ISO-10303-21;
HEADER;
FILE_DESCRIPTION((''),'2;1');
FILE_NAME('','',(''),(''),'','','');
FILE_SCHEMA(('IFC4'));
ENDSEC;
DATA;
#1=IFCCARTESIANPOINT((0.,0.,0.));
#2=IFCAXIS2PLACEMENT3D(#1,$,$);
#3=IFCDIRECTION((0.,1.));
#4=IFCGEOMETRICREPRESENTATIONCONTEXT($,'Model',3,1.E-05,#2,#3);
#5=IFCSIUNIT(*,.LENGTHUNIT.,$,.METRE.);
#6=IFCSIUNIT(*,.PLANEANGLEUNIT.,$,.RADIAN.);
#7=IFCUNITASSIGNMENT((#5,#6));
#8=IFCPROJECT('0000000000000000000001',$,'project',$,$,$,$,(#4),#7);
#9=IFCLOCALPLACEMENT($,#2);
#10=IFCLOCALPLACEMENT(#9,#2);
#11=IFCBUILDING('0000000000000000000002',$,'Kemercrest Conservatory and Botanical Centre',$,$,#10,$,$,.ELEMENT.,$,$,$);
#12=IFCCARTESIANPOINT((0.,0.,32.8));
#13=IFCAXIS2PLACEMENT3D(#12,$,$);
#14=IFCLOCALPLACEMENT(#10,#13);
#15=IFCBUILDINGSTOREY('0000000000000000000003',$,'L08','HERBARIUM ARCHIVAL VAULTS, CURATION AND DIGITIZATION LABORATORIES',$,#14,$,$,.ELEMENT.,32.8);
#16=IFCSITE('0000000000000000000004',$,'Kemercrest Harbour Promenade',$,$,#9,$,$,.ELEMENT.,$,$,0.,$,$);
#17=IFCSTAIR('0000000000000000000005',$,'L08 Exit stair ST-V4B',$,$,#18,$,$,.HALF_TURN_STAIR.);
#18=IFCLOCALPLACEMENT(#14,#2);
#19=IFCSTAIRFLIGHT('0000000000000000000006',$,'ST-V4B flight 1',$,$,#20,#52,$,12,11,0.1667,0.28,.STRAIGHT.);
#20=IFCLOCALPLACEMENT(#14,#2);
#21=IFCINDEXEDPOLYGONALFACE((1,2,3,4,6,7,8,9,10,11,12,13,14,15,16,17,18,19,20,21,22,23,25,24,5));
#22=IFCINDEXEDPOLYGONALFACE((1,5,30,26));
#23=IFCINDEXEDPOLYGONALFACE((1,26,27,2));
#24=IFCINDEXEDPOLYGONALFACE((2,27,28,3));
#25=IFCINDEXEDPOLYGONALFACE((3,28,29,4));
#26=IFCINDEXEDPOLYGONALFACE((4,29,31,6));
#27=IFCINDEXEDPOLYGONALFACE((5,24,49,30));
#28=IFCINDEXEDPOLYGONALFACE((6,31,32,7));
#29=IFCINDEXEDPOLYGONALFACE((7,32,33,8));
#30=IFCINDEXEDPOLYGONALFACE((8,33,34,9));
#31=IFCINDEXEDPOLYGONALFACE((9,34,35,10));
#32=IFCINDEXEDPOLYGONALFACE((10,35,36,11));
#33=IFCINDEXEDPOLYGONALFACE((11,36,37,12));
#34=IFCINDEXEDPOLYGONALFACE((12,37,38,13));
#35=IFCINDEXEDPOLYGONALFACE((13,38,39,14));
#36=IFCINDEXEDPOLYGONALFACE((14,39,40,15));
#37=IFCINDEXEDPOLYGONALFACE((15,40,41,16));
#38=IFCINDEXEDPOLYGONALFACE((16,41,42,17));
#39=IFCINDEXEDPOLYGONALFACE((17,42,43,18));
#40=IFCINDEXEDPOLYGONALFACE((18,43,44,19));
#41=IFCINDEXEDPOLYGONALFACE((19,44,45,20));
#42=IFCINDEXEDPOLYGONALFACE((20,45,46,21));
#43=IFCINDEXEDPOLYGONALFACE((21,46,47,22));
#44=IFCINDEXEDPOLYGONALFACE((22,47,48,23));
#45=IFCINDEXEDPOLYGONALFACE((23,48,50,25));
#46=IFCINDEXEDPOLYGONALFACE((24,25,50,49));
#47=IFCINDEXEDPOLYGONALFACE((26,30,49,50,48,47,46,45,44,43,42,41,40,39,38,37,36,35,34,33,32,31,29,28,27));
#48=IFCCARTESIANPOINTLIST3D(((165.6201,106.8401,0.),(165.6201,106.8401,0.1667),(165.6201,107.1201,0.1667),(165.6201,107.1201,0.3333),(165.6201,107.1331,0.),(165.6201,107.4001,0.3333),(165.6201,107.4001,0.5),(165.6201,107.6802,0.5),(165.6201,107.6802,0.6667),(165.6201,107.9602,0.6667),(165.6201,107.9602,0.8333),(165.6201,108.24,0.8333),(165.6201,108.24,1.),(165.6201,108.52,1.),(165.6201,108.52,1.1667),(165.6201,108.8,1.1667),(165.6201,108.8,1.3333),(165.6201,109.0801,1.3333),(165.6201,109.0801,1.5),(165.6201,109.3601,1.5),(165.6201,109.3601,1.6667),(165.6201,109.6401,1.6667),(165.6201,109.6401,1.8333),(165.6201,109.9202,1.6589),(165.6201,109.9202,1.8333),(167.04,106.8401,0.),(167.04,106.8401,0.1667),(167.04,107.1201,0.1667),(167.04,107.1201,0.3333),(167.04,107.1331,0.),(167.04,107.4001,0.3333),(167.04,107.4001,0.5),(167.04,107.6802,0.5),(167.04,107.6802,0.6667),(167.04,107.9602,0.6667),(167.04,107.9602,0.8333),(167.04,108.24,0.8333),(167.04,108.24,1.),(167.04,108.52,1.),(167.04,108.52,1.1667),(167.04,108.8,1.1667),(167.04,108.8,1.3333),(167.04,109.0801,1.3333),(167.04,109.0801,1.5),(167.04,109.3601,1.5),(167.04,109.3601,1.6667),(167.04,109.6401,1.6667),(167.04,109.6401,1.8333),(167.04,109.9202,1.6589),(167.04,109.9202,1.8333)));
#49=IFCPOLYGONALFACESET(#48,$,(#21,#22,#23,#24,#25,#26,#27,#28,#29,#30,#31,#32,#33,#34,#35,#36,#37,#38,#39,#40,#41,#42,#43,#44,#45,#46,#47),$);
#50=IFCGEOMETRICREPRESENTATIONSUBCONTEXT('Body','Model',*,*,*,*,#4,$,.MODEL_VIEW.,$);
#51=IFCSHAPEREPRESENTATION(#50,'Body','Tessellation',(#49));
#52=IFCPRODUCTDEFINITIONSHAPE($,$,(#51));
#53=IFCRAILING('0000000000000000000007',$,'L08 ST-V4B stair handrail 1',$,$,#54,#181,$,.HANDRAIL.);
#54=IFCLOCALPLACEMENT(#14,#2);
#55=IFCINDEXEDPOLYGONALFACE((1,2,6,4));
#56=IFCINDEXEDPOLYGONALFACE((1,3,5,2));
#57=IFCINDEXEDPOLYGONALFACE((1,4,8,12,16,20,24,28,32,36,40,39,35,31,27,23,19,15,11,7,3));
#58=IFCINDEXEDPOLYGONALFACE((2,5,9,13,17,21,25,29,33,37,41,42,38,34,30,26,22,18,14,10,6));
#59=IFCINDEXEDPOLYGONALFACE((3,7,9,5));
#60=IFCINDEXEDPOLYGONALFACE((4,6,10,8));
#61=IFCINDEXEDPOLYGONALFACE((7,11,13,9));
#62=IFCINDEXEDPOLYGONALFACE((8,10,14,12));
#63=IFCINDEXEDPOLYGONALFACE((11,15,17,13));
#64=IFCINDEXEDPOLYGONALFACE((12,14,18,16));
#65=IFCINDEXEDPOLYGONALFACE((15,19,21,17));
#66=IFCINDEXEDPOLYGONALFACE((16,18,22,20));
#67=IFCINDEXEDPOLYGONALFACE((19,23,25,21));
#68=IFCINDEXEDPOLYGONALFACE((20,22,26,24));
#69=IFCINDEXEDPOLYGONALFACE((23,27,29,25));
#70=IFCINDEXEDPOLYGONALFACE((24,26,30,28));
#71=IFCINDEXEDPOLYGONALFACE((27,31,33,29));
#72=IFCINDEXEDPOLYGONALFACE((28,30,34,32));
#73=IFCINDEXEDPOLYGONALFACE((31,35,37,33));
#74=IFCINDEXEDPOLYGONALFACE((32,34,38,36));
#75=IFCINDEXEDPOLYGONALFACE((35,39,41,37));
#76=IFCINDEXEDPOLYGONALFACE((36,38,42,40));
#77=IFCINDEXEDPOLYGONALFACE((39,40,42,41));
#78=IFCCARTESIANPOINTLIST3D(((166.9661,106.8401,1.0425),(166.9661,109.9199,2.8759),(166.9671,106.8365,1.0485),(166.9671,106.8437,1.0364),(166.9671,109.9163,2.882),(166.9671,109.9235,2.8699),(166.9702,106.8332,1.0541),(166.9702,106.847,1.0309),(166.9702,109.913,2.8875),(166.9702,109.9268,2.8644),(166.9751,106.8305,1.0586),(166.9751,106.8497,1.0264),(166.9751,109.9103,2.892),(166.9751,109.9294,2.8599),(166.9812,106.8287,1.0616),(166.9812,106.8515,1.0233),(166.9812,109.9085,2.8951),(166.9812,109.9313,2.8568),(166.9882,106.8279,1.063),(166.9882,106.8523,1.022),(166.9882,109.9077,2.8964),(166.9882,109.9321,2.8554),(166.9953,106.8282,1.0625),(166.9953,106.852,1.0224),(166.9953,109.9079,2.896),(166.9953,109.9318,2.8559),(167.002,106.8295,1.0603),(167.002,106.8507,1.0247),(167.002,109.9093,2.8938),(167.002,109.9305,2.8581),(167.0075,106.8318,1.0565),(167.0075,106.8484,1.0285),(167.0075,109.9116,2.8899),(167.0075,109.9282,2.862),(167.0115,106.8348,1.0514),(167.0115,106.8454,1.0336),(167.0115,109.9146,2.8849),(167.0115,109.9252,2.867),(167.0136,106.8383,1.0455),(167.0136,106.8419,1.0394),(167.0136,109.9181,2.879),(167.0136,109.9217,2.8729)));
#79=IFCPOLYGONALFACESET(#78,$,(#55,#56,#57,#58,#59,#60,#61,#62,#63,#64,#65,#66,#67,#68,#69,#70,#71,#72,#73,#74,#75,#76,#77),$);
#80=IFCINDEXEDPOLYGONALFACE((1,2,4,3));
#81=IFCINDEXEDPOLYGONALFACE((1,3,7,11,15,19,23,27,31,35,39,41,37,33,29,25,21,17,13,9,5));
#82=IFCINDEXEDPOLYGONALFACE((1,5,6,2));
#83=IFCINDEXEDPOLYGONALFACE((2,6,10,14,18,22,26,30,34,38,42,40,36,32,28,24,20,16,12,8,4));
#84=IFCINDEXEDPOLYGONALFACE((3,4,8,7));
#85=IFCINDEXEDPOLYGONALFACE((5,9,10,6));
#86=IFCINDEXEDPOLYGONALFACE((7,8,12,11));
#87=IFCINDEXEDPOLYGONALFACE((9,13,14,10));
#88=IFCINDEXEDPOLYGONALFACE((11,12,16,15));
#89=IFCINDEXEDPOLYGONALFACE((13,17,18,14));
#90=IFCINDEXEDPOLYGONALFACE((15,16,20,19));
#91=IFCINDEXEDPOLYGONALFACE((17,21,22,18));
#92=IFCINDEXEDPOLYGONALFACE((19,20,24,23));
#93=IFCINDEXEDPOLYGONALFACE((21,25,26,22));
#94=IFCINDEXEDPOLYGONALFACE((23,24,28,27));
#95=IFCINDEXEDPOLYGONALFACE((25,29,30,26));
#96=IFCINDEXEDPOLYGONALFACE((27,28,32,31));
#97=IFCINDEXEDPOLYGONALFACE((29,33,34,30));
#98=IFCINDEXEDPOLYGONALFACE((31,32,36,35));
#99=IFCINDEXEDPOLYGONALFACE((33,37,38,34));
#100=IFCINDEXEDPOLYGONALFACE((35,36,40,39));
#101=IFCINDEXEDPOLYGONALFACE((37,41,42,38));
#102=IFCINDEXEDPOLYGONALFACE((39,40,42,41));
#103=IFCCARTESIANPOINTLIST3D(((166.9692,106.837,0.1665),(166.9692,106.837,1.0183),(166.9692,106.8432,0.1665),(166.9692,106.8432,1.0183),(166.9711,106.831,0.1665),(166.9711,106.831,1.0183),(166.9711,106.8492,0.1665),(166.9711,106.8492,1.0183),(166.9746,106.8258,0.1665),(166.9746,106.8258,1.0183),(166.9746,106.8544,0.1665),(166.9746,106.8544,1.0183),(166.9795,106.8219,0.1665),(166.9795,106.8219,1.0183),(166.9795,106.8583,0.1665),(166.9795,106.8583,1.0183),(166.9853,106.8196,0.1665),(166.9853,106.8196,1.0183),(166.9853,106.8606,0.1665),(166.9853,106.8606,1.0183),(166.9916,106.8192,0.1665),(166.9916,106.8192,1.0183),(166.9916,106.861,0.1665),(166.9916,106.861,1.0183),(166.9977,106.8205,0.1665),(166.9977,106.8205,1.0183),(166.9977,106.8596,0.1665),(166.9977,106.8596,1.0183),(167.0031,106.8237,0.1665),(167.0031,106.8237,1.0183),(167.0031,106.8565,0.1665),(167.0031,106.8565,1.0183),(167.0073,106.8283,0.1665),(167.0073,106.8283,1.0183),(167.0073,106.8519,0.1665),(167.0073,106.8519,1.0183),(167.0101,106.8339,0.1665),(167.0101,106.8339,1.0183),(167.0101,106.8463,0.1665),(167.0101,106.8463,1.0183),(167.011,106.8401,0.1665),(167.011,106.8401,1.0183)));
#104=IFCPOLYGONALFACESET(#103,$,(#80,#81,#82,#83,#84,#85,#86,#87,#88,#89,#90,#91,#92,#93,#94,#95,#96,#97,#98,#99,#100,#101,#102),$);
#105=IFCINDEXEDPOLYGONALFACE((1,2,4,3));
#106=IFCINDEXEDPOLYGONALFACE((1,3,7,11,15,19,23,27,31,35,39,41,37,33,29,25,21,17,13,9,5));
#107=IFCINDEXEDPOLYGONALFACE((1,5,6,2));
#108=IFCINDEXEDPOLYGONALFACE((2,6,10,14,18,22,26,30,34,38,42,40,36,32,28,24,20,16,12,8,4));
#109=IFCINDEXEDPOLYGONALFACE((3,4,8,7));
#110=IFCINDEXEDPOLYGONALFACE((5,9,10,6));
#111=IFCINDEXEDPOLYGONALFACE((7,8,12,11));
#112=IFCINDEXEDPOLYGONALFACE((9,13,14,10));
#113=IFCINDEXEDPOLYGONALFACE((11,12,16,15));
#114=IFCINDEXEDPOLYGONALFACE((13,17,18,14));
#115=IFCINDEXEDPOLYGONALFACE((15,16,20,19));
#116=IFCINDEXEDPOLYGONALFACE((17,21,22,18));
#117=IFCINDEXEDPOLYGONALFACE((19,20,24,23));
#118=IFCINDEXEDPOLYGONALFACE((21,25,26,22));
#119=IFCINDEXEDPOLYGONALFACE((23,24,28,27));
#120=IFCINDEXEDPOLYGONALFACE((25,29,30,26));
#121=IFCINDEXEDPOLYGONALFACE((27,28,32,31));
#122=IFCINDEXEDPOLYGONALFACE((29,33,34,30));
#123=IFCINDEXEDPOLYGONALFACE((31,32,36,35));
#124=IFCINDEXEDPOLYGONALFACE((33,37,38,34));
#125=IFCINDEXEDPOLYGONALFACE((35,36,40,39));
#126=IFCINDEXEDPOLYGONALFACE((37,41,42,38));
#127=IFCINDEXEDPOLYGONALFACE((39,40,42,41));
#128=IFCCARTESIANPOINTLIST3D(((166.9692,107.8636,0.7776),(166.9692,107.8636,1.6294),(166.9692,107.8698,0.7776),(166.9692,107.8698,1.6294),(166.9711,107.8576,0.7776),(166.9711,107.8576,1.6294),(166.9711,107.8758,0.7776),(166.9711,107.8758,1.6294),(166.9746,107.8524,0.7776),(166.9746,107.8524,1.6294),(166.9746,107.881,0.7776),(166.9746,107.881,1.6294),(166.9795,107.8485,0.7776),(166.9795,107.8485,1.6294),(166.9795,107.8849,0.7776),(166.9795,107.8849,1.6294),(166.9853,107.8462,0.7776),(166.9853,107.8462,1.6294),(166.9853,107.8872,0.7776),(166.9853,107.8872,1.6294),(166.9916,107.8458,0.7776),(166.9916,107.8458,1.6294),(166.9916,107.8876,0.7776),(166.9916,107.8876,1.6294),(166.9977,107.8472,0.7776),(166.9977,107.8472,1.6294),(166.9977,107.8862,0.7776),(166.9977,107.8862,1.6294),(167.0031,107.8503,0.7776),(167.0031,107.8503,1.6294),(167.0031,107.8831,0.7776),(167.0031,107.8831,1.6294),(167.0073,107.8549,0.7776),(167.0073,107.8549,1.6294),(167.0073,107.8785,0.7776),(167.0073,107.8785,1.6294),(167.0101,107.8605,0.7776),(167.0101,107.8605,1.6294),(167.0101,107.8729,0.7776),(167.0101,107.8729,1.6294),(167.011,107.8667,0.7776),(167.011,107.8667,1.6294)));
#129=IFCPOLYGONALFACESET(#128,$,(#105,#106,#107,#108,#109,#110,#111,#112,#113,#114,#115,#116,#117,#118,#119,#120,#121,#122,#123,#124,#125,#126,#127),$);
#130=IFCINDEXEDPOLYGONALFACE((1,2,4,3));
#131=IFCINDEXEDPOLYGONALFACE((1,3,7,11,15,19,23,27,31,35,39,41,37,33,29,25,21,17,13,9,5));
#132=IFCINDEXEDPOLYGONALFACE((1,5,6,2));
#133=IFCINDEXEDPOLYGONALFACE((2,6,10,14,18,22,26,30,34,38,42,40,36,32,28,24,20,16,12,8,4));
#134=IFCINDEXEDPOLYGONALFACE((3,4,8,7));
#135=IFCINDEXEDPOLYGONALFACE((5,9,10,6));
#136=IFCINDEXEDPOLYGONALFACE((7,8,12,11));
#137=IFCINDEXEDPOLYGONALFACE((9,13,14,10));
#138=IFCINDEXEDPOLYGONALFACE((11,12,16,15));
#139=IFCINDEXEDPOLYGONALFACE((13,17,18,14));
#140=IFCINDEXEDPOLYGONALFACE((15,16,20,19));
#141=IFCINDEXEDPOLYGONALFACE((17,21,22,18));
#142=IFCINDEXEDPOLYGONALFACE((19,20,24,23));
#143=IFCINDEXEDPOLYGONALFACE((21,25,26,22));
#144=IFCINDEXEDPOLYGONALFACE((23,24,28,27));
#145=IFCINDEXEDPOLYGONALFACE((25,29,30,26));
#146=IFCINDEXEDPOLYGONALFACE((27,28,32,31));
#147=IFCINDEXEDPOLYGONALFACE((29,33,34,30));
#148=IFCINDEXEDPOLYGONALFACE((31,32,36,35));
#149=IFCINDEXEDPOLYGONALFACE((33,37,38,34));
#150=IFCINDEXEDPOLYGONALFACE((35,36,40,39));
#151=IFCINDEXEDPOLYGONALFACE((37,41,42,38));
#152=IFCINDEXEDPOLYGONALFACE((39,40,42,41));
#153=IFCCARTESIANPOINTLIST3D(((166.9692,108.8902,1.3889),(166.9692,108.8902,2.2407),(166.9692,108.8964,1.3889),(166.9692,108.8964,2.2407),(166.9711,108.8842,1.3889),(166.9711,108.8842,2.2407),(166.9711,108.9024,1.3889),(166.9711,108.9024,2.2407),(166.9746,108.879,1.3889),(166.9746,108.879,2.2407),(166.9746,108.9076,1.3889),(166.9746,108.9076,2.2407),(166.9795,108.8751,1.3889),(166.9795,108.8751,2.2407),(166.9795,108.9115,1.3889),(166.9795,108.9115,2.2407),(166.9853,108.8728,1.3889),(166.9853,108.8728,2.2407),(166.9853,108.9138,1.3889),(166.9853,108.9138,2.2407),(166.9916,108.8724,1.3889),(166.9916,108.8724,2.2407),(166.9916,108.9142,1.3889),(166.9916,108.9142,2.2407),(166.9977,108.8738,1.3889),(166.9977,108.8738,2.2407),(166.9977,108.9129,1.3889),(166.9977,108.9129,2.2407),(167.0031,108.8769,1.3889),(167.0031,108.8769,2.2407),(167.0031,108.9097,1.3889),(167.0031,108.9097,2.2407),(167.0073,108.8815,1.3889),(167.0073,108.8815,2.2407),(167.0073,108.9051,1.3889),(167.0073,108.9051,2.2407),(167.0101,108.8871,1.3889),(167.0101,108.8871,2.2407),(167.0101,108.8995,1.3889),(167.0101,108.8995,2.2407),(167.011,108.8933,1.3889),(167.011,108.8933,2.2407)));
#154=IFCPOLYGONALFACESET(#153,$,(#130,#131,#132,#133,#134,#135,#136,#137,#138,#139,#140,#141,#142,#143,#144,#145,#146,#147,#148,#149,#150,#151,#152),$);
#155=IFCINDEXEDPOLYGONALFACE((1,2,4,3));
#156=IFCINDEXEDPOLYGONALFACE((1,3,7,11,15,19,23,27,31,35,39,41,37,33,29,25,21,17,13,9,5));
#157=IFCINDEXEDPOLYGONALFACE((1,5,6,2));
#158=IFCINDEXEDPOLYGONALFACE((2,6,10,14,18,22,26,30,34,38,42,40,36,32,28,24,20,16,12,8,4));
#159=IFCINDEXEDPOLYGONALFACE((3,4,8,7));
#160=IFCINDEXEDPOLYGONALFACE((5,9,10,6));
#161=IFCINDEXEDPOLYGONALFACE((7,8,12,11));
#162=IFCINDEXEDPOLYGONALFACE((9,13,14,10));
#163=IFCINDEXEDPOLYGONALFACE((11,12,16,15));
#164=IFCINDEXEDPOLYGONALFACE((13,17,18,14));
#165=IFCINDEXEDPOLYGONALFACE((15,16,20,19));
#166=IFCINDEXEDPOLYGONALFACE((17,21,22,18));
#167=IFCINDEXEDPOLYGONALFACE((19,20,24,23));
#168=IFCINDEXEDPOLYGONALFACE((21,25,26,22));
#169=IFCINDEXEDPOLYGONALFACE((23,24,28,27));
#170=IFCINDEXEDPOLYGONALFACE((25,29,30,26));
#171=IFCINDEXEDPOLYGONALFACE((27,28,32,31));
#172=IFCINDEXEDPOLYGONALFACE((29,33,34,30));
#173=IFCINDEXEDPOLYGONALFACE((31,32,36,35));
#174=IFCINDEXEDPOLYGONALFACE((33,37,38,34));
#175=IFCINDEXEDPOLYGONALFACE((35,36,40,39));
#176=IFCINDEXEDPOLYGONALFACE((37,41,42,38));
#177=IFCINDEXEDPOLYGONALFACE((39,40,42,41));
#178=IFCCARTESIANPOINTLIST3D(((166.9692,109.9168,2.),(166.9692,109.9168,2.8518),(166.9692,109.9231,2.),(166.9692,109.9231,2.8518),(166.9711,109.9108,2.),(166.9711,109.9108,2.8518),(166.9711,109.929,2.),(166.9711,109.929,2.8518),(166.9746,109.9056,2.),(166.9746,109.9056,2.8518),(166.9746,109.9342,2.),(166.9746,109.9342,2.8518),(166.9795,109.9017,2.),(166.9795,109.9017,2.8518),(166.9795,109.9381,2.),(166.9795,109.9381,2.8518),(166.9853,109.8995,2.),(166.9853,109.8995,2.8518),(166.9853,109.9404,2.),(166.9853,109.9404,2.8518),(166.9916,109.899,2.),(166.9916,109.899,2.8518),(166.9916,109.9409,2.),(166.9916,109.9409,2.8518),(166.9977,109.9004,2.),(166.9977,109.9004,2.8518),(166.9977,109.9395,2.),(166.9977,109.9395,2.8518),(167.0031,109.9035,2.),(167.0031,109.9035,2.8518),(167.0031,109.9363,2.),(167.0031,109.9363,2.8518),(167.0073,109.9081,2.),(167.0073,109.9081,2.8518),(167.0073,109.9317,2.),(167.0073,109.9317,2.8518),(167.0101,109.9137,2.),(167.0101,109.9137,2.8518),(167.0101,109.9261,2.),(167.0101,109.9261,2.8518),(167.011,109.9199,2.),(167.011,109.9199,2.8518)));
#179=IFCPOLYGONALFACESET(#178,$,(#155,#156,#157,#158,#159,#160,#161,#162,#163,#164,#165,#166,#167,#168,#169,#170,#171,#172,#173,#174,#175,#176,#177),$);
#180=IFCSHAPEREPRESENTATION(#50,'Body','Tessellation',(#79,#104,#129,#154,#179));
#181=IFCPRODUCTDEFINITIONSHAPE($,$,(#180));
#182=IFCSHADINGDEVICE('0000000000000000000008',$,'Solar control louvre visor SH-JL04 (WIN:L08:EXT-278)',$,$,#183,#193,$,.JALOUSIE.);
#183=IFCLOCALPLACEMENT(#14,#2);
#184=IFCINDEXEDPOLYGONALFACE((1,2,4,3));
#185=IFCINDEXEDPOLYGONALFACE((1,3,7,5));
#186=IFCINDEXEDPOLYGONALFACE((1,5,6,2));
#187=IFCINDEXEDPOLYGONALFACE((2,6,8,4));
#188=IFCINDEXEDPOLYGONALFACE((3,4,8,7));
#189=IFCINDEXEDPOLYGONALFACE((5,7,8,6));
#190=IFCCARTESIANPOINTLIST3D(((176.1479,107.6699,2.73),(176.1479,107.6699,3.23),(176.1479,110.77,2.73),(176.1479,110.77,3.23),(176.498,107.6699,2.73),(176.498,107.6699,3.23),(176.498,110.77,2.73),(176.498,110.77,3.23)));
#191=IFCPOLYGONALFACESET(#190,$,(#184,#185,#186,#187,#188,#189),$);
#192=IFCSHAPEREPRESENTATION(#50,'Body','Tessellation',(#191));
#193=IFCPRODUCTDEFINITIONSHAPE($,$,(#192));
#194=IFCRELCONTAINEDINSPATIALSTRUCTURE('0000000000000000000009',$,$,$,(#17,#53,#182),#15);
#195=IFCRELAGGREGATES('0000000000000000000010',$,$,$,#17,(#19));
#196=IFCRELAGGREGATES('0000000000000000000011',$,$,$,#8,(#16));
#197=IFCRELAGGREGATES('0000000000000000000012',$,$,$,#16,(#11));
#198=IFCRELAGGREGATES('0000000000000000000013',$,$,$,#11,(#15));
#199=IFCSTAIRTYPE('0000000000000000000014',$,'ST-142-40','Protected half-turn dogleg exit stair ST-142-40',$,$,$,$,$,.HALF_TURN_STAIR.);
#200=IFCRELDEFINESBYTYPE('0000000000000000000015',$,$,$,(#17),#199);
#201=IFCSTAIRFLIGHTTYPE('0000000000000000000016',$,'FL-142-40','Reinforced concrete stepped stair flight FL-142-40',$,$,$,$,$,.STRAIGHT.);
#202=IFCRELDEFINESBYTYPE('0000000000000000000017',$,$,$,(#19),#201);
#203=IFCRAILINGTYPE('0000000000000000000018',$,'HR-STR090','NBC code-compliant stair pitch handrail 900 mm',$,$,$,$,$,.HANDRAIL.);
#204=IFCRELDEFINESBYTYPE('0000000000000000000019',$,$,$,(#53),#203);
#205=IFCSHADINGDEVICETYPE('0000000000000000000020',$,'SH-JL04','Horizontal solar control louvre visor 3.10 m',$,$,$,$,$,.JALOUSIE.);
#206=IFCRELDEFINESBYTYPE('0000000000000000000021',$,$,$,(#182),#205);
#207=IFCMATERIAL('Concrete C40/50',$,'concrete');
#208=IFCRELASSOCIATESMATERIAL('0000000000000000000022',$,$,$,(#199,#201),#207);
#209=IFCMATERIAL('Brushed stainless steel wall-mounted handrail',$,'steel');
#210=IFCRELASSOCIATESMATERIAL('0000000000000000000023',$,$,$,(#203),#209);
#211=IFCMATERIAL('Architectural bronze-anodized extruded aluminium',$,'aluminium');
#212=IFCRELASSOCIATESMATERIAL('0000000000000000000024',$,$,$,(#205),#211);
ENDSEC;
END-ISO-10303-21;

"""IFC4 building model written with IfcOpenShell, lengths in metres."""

from ifc_helpers import new_model, si_unit, direction, frame, origin, origin_2d, place, context, subcontext, project, spatial, polyline, rectangle, circle, outline, extrude, material, type_object, element, aggregate, save


model = new_model("IFC4")

# Units and contexts
model_context = context("Model", 3, precision=1e-05, world=origin(), true_north=direction((0.0, 1.0)))
body_context = subcontext(model_context, "Body", "Model", "MODEL_VIEW")
ifc_project = project(units=[si_unit("LENGTHUNIT", "METRE"), si_unit("PLANEANGLEUNIT", "RADIAN")], contexts=[model_context])

# Site, building, storey
site_placement = place(None, origin())
site = spatial("IfcSite", under=ifc_project, at=site_placement, Name="Kemercrest Harbour Promenade", CompositionType="ELEMENT", RefElevation=0.0)
building_placement = place(site_placement, origin())
building = spatial("IfcBuilding", under=site, at=building_placement, Name="Kemercrest Conservatory and Botanical Centre", CompositionType="ELEMENT")
storey_placement = place(building_placement, frame((0.0, 0.0, 32.8)))
storey = spatial("IfcBuildingStorey", under=building, at=storey_placement, Name="L08", Description="HERBARIUM ARCHIVAL VAULTS, CURATION AND DIGITIZATION LABORATORIES", CompositionType="ELEMENT", Elevation=32.8)

# Shared definitions
ifc_material_1 = material(Name="Concrete C40/50", Category="concrete")

# Stair, stair flight
stair_type = type_object("IfcStairType", Name="ST-142-40", Description="Protected half-turn dogleg exit stair ST-142-40", PredefinedType="HALF_TURN_STAIR", material=ifc_material_1)
stair_placement = place(storey_placement, origin())
stair = element("IfcStair", 1, at=stair_placement, inside=storey, type_object=stair_type, Name="L08 Exit stair ST-V4B", PredefinedType="HALF_TURN_STAIR")
stair_flight_type = type_object("IfcStairFlightType", Name="FL-142-40", Description="Reinforced concrete stepped stair flight FL-142-40", PredefinedType="STRAIGHT", material=ifc_material_1)
stair_flight_placement = place(storey_placement, frame((166.3301, 106.8401, 0.0), z_axis=(0.0, 0.0, 1.0), x_axis=(0.0, 1.0, 0.0)))
stair_flight = element("IfcStairFlight", 2, at=stair_flight_placement, type_object=stair_flight_type, Name="ST-V4B flight 1", NumberOfRisers=12, NumberOfTreads=11, PredefinedType="STRAIGHT", RiserHeight=0.1667, TreadLength=0.28, context=body_context, shape_type="SweptSolid", body=[
    extrude(outline(polyline([(0.0, 0.0), (0.0, 0.1667), (0.28, 0.1667), (0.28, 0.3333), (0.5601, 0.3333), (0.5601, 0.5), (0.8401, 0.5), (0.8401, 0.6667), (1.1201, 0.6667), (1.1201, 0.8333), (1.3999, 0.8333), (1.3999, 1.0), (1.6799, 1.0), (1.6799, 1.1667), (1.96, 1.1667), (1.96, 1.3333), (2.24, 1.3333), (2.24, 1.5), (2.52, 1.5), (2.52, 1.6667), (2.8, 1.6667), (2.8, 1.8333), (3.0801, 1.8333), (3.0801, 2.0), (3.0801, 1.6589), (0.293, 0.0), (0.0, 0.0)])), frame((0.0, 0.71, 0.0), z_axis=(0.0, -1.0, 0.0), x_axis=(1.0, 0.0, 0.0)), (0.0, 0.0, 1.0), 1.4199),
])
aggregate(stair, [stair_flight])

# Railing
ifc_material_2 = material(Name="Brushed stainless steel wall-mounted handrail", Category="steel")
railing_type = type_object("IfcRailingType", Name="HR-STR090", Description="NBC code-compliant stair pitch handrail 900 mm", PredefinedType="HANDRAIL", material=ifc_material_2)
railing_placement = place(storey_placement, frame((166.99, 106.8401, 0.1665)))
element("IfcRailing", 3, at=railing_placement, inside=storey, type_object=railing_type, Name="L08 ST-V4B stair handrail 1", PredefinedType="HANDRAIL", context=body_context, shape_type="SweptSolid", body=[
    extrude(circle(Radius=0.0239, at=origin_2d()), frame((0.0, 0.0, 0.876), z_axis=(0.0, 0.859261, 0.511538), x_axis=(-1.0, 0.0, 0.0)), (0.0, 0.0, 1.0), 3.5842),
    extrude(circle(Radius=0.021, at=origin_2d()), origin(), (0.0, 0.0, 1.0), 0.8518),
    extrude(circle(Radius=0.021, at=origin_2d()), frame((0.0, 1.0266, 0.6111)), (0.0, 0.0, 1.0), 0.8518),
    extrude(circle(Radius=0.021, at=origin_2d()), frame((0.0, 2.0532, 1.2224)), (0.0, 0.0, 1.0), 0.8518),
    extrude(circle(Radius=0.021, at=origin_2d()), frame((0.0, 3.0798, 1.8335)), (0.0, 0.0, 1.0), 0.8518),
])

# Shading device
ifc_material_3 = material(Name="Architectural bronze-anodized extruded aluminium", Category="aluminium")
shading_device_type = type_object("IfcShadingDeviceType", Name="SH-JL04", Description="Horizontal solar control louvre visor 3.10 m", PredefinedType="JALOUSIE", material=ifc_material_3)
shading_device_placement = place(storey_placement, frame((176.323, 109.22, 2.73), z_axis=(0.0, 0.0, 1.0), x_axis=(0.0, 1.0, 0.0)))
element("IfcShadingDevice", 4, at=shading_device_placement, inside=storey, type_object=shading_device_type, Name="Solar control louvre visor SH-JL04 (WIN:L08:EXT-278)", PredefinedType="JALOUSIE", context=body_context, shape_type="SweptSolid", body=[
    extrude(rectangle(XDim=3.1001, YDim=0.3501, at=origin_2d()), origin(), (0.0, 0.0, 1.0), 0.5),
])

save(model, "model.ifc")
